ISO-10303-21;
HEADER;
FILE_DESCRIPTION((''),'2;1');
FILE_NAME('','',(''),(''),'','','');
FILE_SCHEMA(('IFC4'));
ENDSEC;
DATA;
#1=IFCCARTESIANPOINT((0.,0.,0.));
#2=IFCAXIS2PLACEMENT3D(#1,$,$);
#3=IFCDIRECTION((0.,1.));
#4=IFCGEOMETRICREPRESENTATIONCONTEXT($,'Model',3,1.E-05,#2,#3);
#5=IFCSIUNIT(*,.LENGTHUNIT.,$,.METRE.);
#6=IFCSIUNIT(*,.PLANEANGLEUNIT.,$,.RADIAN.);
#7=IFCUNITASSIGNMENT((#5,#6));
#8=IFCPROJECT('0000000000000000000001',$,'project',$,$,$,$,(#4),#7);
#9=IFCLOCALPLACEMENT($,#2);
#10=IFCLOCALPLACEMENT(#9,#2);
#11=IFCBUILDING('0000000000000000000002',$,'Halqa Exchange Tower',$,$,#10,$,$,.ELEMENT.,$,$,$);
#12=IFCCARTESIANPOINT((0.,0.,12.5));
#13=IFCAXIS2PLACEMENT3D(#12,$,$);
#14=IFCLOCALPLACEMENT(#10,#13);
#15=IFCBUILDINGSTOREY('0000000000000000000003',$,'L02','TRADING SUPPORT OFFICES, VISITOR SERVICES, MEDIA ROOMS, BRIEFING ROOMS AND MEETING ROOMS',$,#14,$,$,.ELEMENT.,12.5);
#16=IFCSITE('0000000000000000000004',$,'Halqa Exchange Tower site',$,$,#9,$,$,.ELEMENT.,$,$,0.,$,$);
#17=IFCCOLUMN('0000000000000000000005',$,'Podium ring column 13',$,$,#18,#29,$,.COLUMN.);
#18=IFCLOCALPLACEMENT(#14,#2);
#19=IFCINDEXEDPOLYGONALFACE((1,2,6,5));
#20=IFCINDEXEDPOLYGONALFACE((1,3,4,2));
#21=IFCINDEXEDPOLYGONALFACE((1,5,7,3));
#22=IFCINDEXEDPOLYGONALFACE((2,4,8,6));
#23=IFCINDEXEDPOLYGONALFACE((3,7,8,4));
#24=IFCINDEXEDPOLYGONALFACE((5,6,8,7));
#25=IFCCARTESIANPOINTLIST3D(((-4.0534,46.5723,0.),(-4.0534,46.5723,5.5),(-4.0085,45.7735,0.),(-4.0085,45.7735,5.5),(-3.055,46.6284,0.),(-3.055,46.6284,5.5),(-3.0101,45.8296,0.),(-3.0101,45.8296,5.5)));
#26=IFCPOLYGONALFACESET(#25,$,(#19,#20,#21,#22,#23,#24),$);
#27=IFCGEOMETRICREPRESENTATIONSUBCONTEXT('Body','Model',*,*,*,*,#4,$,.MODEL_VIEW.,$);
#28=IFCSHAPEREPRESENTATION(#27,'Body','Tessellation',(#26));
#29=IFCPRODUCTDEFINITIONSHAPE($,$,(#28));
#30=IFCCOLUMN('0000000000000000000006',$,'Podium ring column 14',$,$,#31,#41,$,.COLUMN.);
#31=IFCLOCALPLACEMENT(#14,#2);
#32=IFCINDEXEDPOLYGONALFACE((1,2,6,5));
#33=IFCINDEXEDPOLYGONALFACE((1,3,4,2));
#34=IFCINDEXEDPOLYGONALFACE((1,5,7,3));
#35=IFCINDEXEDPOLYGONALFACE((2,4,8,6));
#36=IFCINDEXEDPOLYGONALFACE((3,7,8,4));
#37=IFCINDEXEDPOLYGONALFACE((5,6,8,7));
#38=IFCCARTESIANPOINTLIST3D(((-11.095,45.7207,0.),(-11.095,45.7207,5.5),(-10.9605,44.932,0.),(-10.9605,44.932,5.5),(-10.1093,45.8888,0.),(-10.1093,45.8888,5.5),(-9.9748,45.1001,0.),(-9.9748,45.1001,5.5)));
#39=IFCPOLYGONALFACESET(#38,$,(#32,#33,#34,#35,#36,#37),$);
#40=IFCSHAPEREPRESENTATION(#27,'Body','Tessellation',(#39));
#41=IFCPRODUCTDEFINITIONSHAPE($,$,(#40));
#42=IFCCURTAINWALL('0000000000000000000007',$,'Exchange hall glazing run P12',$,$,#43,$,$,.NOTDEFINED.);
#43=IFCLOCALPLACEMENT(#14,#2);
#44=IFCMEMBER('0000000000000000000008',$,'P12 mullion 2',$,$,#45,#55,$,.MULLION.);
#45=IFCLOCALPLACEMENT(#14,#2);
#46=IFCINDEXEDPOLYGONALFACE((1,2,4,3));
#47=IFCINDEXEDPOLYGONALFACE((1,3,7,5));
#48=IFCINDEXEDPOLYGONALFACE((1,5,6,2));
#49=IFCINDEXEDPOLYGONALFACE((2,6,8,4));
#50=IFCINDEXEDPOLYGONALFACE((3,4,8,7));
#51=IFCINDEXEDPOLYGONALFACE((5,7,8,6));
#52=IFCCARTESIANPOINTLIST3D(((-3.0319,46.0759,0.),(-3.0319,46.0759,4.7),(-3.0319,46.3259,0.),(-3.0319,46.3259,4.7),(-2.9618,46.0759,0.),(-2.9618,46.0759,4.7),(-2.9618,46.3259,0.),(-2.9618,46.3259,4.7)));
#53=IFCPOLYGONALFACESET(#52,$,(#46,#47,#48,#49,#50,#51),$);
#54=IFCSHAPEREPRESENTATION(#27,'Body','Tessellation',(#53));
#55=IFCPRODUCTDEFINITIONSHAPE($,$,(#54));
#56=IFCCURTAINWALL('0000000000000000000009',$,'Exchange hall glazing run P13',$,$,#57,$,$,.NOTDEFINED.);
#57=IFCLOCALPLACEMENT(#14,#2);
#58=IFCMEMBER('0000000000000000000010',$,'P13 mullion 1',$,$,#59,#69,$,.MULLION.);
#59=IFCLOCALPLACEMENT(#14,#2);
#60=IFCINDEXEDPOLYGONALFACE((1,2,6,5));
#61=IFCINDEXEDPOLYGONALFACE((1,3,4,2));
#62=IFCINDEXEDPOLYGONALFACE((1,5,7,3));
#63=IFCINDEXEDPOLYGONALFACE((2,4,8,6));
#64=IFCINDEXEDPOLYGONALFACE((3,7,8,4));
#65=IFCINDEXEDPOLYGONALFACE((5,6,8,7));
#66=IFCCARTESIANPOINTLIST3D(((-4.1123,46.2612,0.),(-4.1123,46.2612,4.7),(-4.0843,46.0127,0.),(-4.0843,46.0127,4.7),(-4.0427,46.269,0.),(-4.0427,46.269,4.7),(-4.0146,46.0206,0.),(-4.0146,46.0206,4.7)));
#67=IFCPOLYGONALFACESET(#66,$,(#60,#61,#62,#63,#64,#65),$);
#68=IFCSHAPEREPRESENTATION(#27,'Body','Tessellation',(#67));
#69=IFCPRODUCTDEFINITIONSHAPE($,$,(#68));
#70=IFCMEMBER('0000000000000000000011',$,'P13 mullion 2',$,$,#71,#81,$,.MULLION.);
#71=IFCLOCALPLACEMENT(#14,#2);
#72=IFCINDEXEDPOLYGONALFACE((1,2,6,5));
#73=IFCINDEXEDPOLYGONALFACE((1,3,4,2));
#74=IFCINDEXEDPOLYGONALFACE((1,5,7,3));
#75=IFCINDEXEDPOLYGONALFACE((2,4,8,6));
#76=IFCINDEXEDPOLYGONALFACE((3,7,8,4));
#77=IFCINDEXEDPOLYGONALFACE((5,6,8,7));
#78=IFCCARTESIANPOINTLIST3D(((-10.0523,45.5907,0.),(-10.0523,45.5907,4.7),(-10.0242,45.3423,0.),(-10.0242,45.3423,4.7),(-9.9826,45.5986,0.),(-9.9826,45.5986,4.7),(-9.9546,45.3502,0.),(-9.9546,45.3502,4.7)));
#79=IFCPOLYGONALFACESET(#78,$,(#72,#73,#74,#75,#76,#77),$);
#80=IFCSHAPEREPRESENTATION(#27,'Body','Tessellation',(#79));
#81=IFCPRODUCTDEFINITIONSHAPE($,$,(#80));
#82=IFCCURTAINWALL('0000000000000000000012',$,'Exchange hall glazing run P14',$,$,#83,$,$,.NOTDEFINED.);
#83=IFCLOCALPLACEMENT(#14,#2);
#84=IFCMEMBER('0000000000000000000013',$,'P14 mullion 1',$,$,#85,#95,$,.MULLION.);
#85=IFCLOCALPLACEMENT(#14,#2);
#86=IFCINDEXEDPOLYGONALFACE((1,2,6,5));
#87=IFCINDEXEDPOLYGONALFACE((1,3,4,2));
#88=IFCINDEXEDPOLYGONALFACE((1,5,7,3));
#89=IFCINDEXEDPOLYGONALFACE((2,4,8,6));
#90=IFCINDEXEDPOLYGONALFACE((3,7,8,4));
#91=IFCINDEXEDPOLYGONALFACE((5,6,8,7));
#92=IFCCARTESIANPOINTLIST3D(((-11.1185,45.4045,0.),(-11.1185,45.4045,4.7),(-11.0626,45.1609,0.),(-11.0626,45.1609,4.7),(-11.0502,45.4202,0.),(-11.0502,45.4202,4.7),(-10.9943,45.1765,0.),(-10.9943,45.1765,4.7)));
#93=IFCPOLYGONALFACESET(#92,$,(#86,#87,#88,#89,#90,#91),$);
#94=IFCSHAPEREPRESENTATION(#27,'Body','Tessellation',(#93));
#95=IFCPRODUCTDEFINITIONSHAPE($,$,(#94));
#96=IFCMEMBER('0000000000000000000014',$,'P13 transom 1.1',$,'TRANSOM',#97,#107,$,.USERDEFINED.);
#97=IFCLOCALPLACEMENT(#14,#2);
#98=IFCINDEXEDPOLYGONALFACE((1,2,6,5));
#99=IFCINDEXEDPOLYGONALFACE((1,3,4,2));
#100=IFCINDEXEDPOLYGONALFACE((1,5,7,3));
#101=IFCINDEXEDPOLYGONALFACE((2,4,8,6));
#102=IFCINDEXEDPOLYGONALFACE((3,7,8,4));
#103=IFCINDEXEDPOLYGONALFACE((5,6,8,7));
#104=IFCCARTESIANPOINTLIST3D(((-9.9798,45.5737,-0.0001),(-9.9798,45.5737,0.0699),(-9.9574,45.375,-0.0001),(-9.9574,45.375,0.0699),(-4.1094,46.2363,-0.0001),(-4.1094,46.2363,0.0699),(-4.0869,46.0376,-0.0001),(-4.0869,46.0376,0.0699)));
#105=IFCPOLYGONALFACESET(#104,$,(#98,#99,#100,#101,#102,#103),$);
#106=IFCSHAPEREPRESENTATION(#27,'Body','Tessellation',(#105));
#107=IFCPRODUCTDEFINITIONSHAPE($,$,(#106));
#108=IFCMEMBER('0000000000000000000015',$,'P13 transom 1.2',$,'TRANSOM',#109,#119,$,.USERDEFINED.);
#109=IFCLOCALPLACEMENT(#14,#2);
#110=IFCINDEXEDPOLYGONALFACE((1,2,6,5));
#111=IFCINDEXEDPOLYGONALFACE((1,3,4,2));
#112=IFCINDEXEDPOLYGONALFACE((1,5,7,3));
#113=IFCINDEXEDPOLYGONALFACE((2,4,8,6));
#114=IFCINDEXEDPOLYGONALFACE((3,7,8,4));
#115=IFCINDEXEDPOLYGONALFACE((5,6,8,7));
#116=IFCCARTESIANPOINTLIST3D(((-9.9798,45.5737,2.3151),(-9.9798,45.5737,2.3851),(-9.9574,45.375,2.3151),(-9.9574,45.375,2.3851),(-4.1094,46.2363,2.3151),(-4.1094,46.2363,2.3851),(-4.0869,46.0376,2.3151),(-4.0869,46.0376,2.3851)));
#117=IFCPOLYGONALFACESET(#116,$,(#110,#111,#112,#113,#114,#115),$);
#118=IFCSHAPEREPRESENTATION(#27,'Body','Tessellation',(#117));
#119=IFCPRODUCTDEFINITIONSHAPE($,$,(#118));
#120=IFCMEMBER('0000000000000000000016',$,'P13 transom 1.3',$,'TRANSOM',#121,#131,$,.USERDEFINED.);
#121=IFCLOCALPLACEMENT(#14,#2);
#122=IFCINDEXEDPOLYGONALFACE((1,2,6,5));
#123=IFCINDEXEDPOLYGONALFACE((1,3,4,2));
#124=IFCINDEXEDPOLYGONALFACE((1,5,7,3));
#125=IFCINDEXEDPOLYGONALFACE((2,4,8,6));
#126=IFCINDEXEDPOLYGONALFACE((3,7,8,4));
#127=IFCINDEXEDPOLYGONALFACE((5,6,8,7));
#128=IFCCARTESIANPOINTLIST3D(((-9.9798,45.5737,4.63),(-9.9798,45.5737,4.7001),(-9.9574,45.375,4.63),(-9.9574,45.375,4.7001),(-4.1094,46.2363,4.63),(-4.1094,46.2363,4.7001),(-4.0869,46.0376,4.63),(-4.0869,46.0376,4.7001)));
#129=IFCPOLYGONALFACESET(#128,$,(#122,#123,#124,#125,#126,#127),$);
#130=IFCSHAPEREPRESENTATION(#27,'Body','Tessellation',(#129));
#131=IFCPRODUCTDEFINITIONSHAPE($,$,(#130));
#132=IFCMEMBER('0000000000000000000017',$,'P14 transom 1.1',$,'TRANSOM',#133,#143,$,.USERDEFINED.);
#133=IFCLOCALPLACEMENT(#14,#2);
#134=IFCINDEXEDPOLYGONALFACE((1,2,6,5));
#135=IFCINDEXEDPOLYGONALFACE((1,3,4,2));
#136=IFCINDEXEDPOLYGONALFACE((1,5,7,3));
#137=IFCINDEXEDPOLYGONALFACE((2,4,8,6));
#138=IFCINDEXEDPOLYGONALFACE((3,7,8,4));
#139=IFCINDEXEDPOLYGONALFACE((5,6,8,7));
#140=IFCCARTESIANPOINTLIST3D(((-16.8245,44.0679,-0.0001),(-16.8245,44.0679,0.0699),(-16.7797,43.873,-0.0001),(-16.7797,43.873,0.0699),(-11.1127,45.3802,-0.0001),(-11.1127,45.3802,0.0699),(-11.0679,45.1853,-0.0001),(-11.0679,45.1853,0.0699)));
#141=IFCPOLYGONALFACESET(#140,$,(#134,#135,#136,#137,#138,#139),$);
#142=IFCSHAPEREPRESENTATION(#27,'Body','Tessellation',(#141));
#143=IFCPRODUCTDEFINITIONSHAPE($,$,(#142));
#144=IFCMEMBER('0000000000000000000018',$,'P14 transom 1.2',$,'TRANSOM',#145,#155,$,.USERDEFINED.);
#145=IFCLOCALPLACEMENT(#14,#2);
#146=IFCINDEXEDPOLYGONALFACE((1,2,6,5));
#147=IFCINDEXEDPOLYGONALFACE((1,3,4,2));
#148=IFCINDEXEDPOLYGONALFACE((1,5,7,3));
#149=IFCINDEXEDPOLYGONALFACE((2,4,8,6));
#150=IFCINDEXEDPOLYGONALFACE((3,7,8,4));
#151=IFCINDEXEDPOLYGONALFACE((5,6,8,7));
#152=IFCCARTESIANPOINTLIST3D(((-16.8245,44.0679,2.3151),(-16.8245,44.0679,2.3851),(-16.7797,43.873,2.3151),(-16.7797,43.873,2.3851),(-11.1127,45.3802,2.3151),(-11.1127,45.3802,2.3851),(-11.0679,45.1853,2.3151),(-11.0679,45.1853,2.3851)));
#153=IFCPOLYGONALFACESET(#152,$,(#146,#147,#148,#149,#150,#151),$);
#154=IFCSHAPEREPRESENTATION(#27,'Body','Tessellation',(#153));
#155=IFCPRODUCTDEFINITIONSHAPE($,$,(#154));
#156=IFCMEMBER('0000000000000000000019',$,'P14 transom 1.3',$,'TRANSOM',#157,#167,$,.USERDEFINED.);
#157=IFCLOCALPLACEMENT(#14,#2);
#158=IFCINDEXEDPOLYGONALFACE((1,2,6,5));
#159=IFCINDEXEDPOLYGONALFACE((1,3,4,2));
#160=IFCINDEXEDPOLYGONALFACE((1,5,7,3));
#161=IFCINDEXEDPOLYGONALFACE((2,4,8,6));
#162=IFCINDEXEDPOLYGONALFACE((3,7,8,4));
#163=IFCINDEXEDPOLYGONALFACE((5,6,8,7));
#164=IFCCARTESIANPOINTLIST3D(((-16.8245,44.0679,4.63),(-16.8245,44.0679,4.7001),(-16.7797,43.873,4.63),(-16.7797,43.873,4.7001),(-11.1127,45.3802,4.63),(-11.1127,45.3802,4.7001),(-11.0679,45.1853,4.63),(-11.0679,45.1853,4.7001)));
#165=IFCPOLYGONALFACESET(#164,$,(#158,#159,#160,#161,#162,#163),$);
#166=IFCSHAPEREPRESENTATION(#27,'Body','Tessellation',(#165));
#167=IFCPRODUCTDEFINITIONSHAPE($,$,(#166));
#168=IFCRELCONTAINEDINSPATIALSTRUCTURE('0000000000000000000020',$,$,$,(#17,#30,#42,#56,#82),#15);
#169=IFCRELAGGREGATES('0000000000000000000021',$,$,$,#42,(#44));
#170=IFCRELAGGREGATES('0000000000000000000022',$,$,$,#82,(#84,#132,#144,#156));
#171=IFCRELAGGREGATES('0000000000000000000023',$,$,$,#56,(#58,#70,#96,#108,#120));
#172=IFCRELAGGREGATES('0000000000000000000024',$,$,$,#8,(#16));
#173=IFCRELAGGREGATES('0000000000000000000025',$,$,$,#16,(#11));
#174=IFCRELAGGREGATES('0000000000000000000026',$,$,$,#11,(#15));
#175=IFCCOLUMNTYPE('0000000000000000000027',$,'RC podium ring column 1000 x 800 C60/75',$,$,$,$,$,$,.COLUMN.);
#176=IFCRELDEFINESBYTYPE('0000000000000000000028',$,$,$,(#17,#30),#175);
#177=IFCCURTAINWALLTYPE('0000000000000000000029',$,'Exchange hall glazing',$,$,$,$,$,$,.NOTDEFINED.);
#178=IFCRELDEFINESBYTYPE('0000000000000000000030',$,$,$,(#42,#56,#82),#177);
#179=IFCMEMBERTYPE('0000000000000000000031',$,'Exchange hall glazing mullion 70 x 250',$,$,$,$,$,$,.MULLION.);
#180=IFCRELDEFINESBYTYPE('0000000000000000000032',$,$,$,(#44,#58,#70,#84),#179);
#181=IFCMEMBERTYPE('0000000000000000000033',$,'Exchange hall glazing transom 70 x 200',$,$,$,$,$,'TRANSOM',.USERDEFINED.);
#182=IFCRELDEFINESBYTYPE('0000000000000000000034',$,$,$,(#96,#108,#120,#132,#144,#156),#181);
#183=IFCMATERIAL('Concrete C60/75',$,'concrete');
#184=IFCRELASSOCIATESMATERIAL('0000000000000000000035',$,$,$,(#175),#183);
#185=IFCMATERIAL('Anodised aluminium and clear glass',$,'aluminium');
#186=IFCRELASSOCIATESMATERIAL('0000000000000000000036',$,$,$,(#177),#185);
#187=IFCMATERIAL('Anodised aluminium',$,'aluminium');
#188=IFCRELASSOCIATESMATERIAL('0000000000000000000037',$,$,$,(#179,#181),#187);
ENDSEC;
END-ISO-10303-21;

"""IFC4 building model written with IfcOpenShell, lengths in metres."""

from ifc_helpers import new_model, si_unit, direction, frame, origin, origin_2d, place, context, subcontext, project, spatial, rectangle, extrude, material, material_profile, profile_set, type_object, element, aggregate, save


model = new_model("IFC4")

# Units and contexts
model_context = context("Model", 3, precision=1e-05, world=origin(), true_north=direction((0.0, 1.0)))
body_context = subcontext(model_context, "Body", "Model", "MODEL_VIEW")
ifc_project = project(units=[si_unit("LENGTHUNIT", "METRE"), si_unit("PLANEANGLEUNIT", "RADIAN")], contexts=[model_context])

# Site, building, storey
site_placement = place(None, origin())
site = spatial("IfcSite", under=ifc_project, at=site_placement, Name="Halqa Exchange Tower site", CompositionType="ELEMENT", RefElevation=0.0)
building_placement = place(site_placement, origin())
building = spatial("IfcBuilding", under=site, at=building_placement, Name="Halqa Exchange Tower", CompositionType="ELEMENT")
storey_placement = place(building_placement, frame((0.0, 0.0, 12.5)))
storey = spatial("IfcBuildingStorey", under=building, at=storey_placement, Name="L02", Description="TRADING SUPPORT OFFICES, VISITOR SERVICES, MEDIA ROOMS, BRIEFING ROOMS AND MEETING ROOMS", CompositionType="ELEMENT", Elevation=12.5)

# Columns
ifc_material_1 = material(Name="Concrete C60/75", Category="concrete")
ifc_material_profile_1 = material_profile(ifc_material_1, rectangle(XDim=1.0, YDim=0.8, at=origin_2d()), Name="1000 x 800")
ifc_profile_set_1 = profile_set([ifc_material_profile_1], Name="Concrete C60/75")
column_type = type_object("IfcColumnType", Name="RC podium ring column 1000 x 800 C60/75", PredefinedType="COLUMN", material=ifc_profile_set_1)
for number, where, z_axis, x_axis, name in (
    (1, (-3.5317, 46.2009, 0.0), (0.0, 0.0, 1.0), (-0.998425, -0.056107, 0.0), "Podium ring column 13"),
    (2, (-10.5349, 45.4104, 0.0), (0.0, 0.0, 1.0), (-0.985766, -0.168121, 0.0), "Podium ring column 14"),
):
    element("IfcColumn", number, at=place(storey_placement, frame(where, z_axis=z_axis, x_axis=x_axis)), inside=storey, type_object=column_type, Name=name, PredefinedType="COLUMN", context=body_context, shape_type="SweptSolid", body=[
        extrude(rectangle(XDim=1.0, YDim=0.8, at=origin_2d()), origin(), (0.0, 0.0, 1.0), 5.5),
    ])

# Curtain wall, member
ifc_material_2 = material(Name="Anodised aluminium and clear glass", Category="aluminium")
curtain_wall_type = type_object("IfcCurtainWallType", Name="Exchange hall glazing", PredefinedType="NOTDEFINED", material=ifc_material_2)
curtain_wall_1_placement = place(storey_placement, origin())
curtain_wall_1 = element("IfcCurtainWall", 3, at=curtain_wall_1_placement, inside=storey, type_object=curtain_wall_type, Name="Exchange hall glazing run P12", PredefinedType="NOTDEFINED")
ifc_material_3 = material(Name="Anodised aluminium", Category="aluminium")
ifc_material_profile_2 = material_profile(ifc_material_3, rectangle(XDim=0.25, YDim=0.0701, at=origin_2d()), Name="AL 70x250")
ifc_profile_set_2 = profile_set([ifc_material_profile_2], Name="Anodised aluminium")
member_type_1 = type_object("IfcMemberType", Name="Exchange hall glazing mullion 70 x 250", PredefinedType="MULLION", material=ifc_profile_set_2)
member_1_placement = place(storey_placement, frame((-2.9968, 46.2009, 0.0), z_axis=(0.0, 0.0, 1.0), x_axis=(0.0, -1.0, 0.0)))
member_1 = element("IfcMember", 4, at=member_1_placement, type_object=member_type_1, Name="P12 mullion 2", PredefinedType="MULLION", context=body_context, shape_type="SweptSolid", body=[
    extrude(rectangle(XDim=0.25, YDim=0.0701, at=origin_2d()), origin(), (0.0, 0.0, 1.0), 4.7),
])
aggregate(curtain_wall_1, [member_1])

# Curtain wall, members
curtain_wall_2_placement = place(storey_placement, origin())
curtain_wall_2 = element("IfcCurtainWall", 5, at=curtain_wall_2_placement, inside=storey, type_object=curtain_wall_type, Name="Exchange hall glazing run P13", PredefinedType="NOTDEFINED")
member_2_placement = place(storey_placement, frame((-4.0635, 46.1409, 0.0), z_axis=(0.0, 0.0, 1.0), x_axis=(0.112159, -0.99369, 0.0)))
member_2 = element("IfcMember", 6, at=member_2_placement, type_object=member_type_1, Name="P13 mullion 1", PredefinedType="MULLION", context=body_context, shape_type="SweptSolid", body=[
    extrude(rectangle(XDim=0.25, YDim=0.0701, at=origin_2d()), origin(), (0.0, 0.0, 1.0), 4.7),
])
member_3_placement = place(storey_placement, frame((-10.0034, 45.4705, 0.0), z_axis=(0.0, 0.0, 1.0), x_axis=(0.112159, -0.99369, 0.0)))
member_3 = element("IfcMember", 7, at=member_3_placement, type_object=member_type_1, Name="P13 mullion 2", PredefinedType="MULLION", context=body_context, shape_type="SweptSolid", body=[
    extrude(rectangle(XDim=0.25, YDim=0.0701, at=origin_2d()), origin(), (0.0, 0.0, 1.0), 4.7),
])

# Curtain wall, member
curtain_wall_3_placement = place(storey_placement, origin())
curtain_wall_3 = element("IfcCurtainWall", 8, at=curtain_wall_3_placement, inside=storey, type_object=curtain_wall_type, Name="Exchange hall glazing run P14", PredefinedType="NOTDEFINED")
member_4_placement = place(storey_placement, frame((-11.0564, 45.2905, 0.0), z_axis=(0.0, 0.0, 1.0), x_axis=(0.223897, -0.974613, 0.0)))
member_4 = element("IfcMember", 9, at=member_4_placement, type_object=member_type_1, Name="P14 mullion 1", PredefinedType="MULLION", context=body_context, shape_type="SweptSolid", body=[
    extrude(rectangle(XDim=0.25, YDim=0.0701, at=origin_2d()), origin(), (0.0, 0.0, 1.0), 4.7),
])

# Members
ifc_material_profile_3 = material_profile(ifc_material_3, rectangle(XDim=0.2, YDim=0.0701, at=origin_2d()), Name="AL 70x200")
ifc_profile_set_3 = profile_set([ifc_material_profile_3], Name="Anodised aluminium")
member_type_2 = type_object("IfcMemberType", Name="Exchange hall glazing transom 70 x 200", ElementType="TRANSOM", PredefinedType="USERDEFINED", material=ifc_profile_set_3)
member_5_placement = place(storey_placement, frame((-4.0981, 46.137, 0.0349), z_axis=(-0.99369, -0.11216, 0.0), x_axis=(0.11216, -0.99369, 0.0)))
member_5 = element("IfcMember", 10, at=member_5_placement, type_object=member_type_2, Name="P13 transom 1.1", ObjectType="TRANSOM", PredefinedType="USERDEFINED", context=body_context, shape_type="SweptSolid", body=[
    extrude(rectangle(XDim=0.2, YDim=0.0701, at=origin_2d()), origin(), (0.0, 0.0, 1.0), 5.9077),
])
member_6_placement = place(storey_placement, frame((-4.0981, 46.137, 2.3501), z_axis=(-0.99369, -0.11216, 0.0), x_axis=(0.11216, -0.99369, 0.0)))
member_6 = element("IfcMember", 11, at=member_6_placement, type_object=member_type_2, Name="P13 transom 1.2", ObjectType="TRANSOM", PredefinedType="USERDEFINED", context=body_context, shape_type="SweptSolid", body=[
    extrude(rectangle(XDim=0.2, YDim=0.0701, at=origin_2d()), origin(), (0.0, 0.0, 1.0), 5.9077),
])
member_7_placement = place(storey_placement, frame((-4.0981, 46.137, 4.665), z_axis=(-0.99369, -0.11216, 0.0), x_axis=(0.11216, -0.99369, 0.0)))
member_7 = element("IfcMember", 12, at=member_7_placement, type_object=member_type_2, Name="P13 transom 1.3", ObjectType="TRANSOM", PredefinedType="USERDEFINED", context=body_context, shape_type="SweptSolid", body=[
    extrude(rectangle(XDim=0.2, YDim=0.0701, at=origin_2d()), origin(), (0.0, 0.0, 1.0), 5.9077),
])
member_8_placement = place(storey_placement, frame((-11.0903, 45.2827, 0.0349), z_axis=(-0.97461, -0.223907, 0.0), x_axis=(0.223907, -0.97461, 0.0)))
member_8 = element("IfcMember", 13, at=member_8_placement, type_object=member_type_2, Name="P14 transom 1.1", ObjectType="TRANSOM", PredefinedType="USERDEFINED", context=body_context, shape_type="SweptSolid", body=[
    extrude(rectangle(XDim=0.2, YDim=0.0701, at=origin_2d()), origin(), (0.0, 0.0, 1.0), 5.8606),
])
member_9_placement = place(storey_placement, frame((-11.0903, 45.2827, 2.3501), z_axis=(-0.97461, -0.223907, 0.0), x_axis=(0.223907, -0.97461, 0.0)))
member_9 = element("IfcMember", 14, at=member_9_placement, type_object=member_type_2, Name="P14 transom 1.2", ObjectType="TRANSOM", PredefinedType="USERDEFINED", context=body_context, shape_type="SweptSolid", body=[
    extrude(rectangle(XDim=0.2, YDim=0.0701, at=origin_2d()), origin(), (0.0, 0.0, 1.0), 5.8606),
])
member_10_placement = place(storey_placement, frame((-11.0903, 45.2827, 4.665), z_axis=(-0.97461, -0.223907, 0.0), x_axis=(0.223907, -0.97461, 0.0)))
member_10 = element("IfcMember", 15, at=member_10_placement, type_object=member_type_2, Name="P14 transom 1.3", ObjectType="TRANSOM", PredefinedType="USERDEFINED", context=body_context, shape_type="SweptSolid", body=[
    extrude(rectangle(XDim=0.2, YDim=0.0701, at=origin_2d()), origin(), (0.0, 0.0, 1.0), 5.8606),
])
aggregate(curtain_wall_3, [member_4, member_8, member_9, member_10])

aggregate(curtain_wall_2, [member_2, member_3, member_5, member_6, member_7])

save(model, "model.ifc")
